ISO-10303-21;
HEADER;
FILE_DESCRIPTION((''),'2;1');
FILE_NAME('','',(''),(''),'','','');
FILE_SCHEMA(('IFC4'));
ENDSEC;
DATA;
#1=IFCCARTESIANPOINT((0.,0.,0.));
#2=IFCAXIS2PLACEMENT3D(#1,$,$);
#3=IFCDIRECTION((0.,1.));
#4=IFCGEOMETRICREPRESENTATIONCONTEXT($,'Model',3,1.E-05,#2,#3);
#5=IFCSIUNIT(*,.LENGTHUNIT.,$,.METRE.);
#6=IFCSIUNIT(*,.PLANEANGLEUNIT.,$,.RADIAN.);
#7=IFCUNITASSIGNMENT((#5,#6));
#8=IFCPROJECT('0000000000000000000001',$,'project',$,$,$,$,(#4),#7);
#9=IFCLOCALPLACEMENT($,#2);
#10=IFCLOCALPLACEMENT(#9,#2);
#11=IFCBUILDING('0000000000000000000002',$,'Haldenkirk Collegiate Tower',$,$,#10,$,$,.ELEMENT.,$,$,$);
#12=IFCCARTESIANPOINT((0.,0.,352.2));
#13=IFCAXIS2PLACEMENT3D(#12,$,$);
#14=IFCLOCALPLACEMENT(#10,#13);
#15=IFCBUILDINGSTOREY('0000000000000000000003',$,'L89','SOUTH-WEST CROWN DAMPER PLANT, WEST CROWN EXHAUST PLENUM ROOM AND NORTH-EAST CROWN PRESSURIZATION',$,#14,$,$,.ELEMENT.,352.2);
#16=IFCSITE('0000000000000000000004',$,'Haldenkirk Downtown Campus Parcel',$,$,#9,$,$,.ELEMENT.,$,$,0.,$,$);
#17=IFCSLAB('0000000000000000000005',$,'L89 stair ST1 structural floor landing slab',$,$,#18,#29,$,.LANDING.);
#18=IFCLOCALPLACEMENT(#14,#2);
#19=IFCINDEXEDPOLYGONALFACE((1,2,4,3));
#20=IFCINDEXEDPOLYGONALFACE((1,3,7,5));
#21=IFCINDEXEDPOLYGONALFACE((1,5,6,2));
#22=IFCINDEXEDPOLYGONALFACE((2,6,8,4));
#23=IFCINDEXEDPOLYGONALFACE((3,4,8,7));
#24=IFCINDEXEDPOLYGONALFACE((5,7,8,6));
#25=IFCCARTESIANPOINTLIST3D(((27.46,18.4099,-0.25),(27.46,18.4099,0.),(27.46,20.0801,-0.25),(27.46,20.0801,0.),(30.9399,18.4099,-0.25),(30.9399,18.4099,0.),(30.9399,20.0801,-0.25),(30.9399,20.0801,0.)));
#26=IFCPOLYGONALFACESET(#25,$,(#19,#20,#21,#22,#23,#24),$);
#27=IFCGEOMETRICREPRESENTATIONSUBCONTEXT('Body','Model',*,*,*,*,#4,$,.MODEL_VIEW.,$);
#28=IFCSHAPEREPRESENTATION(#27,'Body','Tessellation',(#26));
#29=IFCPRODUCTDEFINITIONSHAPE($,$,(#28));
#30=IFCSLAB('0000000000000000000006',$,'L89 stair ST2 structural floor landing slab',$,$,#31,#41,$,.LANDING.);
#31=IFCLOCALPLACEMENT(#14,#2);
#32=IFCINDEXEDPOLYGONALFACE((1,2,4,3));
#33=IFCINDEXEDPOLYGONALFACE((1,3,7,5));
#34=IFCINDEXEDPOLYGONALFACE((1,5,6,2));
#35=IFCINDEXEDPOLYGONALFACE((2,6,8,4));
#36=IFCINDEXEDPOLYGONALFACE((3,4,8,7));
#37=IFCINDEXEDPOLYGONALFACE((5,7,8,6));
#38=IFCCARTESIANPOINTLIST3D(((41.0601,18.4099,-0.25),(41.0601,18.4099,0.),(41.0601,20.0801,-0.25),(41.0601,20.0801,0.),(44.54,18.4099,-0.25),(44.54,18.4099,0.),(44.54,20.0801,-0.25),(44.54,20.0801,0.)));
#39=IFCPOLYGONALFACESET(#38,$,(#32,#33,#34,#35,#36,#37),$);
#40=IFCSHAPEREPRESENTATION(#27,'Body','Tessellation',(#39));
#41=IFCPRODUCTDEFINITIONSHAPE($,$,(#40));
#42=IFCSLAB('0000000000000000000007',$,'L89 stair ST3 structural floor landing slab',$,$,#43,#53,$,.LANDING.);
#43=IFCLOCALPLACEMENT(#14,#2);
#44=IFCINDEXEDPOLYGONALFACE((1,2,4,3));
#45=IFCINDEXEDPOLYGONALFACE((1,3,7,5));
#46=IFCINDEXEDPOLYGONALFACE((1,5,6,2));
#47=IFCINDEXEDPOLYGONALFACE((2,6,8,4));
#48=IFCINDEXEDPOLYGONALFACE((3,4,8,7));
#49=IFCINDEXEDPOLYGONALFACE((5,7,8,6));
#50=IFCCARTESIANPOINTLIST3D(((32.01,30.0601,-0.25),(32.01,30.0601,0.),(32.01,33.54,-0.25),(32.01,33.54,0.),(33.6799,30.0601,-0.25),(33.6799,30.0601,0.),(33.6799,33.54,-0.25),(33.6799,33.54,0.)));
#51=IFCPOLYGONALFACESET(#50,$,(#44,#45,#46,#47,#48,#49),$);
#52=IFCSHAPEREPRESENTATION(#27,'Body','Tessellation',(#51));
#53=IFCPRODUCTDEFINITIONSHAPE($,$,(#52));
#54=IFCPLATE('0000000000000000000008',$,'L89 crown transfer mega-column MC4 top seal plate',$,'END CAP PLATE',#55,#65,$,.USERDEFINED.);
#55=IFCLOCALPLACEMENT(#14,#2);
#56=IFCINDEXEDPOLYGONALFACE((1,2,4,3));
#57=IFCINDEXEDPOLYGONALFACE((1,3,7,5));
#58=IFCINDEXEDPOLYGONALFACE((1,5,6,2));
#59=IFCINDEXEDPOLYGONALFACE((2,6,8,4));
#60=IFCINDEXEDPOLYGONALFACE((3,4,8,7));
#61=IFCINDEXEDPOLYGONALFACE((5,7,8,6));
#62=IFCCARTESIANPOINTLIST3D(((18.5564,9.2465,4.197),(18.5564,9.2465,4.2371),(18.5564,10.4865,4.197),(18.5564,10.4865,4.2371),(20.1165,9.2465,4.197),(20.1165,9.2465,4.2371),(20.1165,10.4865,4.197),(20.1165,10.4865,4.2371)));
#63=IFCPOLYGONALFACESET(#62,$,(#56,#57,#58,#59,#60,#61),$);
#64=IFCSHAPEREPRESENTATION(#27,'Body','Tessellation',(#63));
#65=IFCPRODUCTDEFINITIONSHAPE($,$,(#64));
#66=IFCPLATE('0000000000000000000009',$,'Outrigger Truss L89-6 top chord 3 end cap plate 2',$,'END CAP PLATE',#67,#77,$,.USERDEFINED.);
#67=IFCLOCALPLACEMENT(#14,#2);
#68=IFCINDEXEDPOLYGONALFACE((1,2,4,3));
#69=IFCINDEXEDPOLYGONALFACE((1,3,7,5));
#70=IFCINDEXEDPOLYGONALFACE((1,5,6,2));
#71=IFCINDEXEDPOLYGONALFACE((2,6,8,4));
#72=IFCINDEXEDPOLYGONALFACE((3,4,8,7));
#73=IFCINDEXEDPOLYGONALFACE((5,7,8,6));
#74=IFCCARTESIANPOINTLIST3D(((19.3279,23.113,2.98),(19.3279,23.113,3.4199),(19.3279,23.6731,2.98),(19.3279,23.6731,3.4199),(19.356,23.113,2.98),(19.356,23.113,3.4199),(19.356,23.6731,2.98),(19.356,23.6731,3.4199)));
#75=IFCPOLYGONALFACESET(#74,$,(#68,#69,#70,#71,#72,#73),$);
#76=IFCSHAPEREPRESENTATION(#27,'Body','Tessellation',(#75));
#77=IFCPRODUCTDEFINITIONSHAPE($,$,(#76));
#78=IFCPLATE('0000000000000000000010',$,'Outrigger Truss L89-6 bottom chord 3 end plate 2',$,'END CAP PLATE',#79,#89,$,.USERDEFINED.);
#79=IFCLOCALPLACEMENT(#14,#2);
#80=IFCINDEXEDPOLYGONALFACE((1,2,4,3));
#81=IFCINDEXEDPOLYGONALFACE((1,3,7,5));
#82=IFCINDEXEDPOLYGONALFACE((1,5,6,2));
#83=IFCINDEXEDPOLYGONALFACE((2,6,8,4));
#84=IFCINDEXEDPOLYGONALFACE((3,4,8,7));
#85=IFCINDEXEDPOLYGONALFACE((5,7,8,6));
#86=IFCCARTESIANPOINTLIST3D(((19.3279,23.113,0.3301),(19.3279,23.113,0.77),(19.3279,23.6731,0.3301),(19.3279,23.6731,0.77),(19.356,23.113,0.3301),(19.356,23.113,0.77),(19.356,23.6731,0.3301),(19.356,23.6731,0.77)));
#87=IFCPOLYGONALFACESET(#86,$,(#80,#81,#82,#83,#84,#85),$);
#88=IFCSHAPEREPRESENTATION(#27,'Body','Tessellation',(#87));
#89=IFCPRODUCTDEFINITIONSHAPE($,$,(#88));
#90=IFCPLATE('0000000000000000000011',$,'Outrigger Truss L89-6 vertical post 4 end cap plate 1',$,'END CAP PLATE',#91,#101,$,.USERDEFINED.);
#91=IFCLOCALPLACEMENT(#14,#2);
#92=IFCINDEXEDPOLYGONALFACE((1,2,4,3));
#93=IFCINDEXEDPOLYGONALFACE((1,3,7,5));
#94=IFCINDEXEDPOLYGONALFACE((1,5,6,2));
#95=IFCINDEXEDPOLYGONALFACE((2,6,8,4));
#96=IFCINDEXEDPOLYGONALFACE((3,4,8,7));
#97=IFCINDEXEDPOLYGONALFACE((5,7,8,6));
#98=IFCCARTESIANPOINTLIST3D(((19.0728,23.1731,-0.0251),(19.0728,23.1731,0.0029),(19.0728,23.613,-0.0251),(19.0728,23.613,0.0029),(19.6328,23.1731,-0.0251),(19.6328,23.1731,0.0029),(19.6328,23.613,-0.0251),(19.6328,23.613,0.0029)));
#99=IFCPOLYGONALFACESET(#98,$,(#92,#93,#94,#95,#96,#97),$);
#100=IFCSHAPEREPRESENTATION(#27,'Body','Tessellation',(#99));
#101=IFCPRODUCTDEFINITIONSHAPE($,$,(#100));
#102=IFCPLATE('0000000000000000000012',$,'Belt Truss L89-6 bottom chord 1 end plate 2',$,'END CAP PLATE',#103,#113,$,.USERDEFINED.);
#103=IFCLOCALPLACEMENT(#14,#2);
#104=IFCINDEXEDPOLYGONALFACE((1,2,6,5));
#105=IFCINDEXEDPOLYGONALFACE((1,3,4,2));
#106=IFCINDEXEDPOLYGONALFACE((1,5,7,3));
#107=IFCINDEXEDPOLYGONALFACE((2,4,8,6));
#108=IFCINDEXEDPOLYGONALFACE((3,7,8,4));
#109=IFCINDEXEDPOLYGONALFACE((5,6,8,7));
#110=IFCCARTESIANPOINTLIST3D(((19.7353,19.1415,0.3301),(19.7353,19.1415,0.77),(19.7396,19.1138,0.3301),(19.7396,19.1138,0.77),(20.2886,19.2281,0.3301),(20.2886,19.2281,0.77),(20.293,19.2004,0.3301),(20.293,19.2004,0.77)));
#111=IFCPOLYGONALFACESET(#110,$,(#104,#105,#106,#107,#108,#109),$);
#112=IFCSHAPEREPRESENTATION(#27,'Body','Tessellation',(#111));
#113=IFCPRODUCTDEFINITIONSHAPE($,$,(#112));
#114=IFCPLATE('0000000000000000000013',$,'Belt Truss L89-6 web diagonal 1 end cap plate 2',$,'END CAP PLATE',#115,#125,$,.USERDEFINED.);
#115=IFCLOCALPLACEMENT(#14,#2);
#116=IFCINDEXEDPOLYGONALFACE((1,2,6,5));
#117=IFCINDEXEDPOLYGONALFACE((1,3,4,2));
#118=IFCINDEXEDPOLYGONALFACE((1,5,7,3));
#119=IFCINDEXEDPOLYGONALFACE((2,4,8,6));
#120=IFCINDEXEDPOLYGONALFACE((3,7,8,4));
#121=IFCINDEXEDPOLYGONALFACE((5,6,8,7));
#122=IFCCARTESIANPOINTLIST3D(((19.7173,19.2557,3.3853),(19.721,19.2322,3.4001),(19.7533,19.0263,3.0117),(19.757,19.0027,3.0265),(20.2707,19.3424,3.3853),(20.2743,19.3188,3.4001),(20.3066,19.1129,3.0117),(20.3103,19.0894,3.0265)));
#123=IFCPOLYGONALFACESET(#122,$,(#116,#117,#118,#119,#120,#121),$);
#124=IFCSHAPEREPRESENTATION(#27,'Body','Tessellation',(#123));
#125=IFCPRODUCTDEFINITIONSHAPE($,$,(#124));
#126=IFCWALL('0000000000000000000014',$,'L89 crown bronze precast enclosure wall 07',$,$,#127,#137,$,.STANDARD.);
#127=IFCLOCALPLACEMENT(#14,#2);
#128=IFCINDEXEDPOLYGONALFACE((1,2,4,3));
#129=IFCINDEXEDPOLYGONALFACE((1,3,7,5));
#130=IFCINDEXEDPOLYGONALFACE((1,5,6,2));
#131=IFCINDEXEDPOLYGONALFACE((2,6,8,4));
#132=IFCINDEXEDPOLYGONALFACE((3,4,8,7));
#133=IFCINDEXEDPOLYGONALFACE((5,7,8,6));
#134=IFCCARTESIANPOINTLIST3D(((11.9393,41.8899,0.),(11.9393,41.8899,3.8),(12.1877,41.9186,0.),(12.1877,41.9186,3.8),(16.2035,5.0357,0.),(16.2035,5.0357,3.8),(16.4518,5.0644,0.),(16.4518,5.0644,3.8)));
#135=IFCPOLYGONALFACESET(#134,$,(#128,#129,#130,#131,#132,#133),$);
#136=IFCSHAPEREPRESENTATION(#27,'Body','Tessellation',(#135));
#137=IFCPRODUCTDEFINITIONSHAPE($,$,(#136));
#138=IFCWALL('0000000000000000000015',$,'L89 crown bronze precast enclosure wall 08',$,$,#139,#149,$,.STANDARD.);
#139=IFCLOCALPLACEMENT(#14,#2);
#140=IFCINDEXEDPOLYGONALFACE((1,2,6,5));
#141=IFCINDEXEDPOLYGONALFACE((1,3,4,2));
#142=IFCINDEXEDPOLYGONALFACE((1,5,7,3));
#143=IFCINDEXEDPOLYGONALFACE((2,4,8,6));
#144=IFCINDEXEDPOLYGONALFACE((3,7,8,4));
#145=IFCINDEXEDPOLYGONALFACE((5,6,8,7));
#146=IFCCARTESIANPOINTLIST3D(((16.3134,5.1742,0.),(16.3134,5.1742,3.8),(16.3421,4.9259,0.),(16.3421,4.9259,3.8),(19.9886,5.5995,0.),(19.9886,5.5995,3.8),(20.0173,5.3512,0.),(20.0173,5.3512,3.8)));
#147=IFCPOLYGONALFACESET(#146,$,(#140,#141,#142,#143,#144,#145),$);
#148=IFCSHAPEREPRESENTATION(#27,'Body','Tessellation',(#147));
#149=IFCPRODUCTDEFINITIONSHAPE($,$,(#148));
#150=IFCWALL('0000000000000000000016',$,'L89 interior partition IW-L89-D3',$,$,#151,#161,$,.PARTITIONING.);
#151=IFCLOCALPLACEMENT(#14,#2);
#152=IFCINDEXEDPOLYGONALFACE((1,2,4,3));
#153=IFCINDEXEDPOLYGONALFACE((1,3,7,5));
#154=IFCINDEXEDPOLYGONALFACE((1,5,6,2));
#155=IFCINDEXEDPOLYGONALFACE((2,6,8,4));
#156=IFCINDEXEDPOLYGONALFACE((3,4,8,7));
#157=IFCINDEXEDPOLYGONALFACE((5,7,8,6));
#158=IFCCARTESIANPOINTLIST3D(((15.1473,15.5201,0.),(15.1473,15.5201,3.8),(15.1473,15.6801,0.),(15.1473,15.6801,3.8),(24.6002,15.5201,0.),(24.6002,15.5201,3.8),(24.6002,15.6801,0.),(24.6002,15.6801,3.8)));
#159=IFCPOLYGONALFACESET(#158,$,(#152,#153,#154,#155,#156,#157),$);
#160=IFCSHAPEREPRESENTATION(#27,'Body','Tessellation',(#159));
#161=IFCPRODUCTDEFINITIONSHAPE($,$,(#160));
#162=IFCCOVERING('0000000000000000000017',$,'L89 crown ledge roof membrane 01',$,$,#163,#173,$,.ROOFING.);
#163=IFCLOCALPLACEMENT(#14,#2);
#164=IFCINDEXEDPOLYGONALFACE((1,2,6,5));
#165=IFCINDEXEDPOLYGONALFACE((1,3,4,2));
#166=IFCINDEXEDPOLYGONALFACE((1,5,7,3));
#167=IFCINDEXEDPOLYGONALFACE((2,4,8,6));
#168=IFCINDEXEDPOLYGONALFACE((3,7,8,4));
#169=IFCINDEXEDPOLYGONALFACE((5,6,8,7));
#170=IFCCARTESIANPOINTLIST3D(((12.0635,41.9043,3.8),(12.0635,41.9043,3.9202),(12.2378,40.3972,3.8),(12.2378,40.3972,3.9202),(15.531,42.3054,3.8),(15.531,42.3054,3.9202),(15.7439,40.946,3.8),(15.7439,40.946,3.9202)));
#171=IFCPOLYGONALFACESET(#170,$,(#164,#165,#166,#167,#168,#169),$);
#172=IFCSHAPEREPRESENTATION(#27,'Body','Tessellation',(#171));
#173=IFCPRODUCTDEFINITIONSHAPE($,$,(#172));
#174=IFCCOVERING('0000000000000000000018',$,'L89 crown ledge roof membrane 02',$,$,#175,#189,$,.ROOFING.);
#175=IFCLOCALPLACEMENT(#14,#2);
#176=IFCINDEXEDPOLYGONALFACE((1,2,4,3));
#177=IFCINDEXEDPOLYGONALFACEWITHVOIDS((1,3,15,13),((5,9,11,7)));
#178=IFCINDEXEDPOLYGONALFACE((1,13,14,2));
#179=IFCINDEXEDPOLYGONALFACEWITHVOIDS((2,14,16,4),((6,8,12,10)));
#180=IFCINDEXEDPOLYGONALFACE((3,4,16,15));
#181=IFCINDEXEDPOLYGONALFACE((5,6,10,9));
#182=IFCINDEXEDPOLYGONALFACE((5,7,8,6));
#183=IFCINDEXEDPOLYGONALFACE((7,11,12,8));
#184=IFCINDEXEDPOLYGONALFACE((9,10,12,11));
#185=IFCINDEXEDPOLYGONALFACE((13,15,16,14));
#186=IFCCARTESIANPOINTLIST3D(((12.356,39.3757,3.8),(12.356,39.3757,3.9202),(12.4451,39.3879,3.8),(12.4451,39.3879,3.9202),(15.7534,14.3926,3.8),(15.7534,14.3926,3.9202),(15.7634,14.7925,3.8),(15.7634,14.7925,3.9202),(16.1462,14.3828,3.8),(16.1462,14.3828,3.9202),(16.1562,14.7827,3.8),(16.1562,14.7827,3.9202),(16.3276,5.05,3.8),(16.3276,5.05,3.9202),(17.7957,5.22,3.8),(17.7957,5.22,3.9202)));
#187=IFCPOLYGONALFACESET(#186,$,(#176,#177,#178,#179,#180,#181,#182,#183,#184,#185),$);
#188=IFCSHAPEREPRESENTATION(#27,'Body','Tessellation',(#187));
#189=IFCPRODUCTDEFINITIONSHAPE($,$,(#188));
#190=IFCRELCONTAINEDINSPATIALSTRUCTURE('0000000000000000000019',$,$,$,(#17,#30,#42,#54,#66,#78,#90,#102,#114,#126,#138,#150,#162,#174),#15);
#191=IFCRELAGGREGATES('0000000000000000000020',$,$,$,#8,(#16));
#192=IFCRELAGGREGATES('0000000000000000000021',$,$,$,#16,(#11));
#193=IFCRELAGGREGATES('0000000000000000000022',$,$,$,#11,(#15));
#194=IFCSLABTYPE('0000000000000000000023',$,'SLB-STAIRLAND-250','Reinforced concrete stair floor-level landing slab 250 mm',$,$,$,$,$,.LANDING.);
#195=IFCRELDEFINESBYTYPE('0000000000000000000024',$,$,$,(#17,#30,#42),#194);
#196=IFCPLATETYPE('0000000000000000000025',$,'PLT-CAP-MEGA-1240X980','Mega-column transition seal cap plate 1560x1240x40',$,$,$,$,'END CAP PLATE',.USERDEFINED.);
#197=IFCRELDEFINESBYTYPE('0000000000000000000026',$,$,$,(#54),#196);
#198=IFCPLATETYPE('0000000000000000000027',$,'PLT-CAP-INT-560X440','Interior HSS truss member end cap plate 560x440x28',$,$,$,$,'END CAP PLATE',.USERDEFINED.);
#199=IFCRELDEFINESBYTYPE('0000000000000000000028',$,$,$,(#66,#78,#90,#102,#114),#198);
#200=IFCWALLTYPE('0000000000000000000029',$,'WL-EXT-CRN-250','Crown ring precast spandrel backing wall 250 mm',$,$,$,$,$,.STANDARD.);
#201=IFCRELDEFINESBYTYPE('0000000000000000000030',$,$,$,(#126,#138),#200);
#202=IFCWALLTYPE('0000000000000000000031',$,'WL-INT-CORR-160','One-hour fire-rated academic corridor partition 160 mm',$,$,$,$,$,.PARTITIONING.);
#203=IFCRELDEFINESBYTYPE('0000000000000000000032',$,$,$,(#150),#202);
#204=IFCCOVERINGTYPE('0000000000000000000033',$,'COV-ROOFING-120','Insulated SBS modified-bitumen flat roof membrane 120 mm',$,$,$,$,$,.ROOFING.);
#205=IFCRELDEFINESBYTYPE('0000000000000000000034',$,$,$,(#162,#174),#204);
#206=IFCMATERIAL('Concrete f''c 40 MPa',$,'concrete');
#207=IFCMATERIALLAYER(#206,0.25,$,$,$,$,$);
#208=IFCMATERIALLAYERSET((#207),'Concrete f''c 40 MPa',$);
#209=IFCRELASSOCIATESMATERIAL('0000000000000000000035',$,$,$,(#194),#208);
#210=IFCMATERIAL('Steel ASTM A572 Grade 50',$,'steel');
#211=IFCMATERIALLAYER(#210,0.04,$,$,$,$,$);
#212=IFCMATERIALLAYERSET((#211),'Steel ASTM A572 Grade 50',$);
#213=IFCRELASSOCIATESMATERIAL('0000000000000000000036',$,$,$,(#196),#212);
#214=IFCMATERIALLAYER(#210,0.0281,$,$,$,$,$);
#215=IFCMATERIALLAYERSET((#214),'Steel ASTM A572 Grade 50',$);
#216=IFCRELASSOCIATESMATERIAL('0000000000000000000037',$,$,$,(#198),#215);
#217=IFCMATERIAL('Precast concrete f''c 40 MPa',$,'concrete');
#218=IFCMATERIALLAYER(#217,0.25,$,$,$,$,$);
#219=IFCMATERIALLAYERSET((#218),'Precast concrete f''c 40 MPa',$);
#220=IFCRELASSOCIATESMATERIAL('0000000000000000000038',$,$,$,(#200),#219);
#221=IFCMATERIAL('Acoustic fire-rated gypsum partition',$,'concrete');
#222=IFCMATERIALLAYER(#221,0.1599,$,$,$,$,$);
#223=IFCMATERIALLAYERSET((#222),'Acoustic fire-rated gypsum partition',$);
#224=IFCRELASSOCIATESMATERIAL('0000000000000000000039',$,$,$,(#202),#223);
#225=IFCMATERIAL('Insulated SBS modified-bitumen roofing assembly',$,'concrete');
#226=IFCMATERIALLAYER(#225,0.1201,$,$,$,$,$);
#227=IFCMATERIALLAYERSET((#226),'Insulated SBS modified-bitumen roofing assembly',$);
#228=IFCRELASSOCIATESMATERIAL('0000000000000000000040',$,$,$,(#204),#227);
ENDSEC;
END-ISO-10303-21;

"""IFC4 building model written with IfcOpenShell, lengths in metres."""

from ifc_helpers import new_model, si_unit, direction, frame, frame_2d, origin, origin_2d, place, context, subcontext, project, spatial, polyline, rectangle, outline, extrude, source, transform, mapped, material, layer, layer_set, type_object, element, save


model = new_model("IFC4")

# Units and contexts
model_context = context("Model", 3, precision=1e-05, world=origin(), true_north=direction((0.0, 1.0)))
body_context = subcontext(model_context, "Body", "Model", "MODEL_VIEW")
ifc_project = project(units=[si_unit("LENGTHUNIT", "METRE"), si_unit("PLANEANGLEUNIT", "RADIAN")], contexts=[model_context])

# Site, building, storey
site_placement = place(None, origin())
site = spatial("IfcSite", under=ifc_project, at=site_placement, Name="Haldenkirk Downtown Campus Parcel", CompositionType="ELEMENT", RefElevation=0.0)
building_placement = place(site_placement, origin())
building = spatial("IfcBuilding", under=site, at=building_placement, Name="Haldenkirk Collegiate Tower", CompositionType="ELEMENT")
storey_placement = place(building_placement, frame((0.0, 0.0, 352.2)))
storey = spatial("IfcBuildingStorey", under=building, at=storey_placement, Name="L89", Description="SOUTH-WEST CROWN DAMPER PLANT, WEST CROWN EXHAUST PLENUM ROOM AND NORTH-EAST CROWN PRESSURIZATION", CompositionType="ELEMENT", Elevation=352.2)

# Shared definitions
ifc_material_1 = material(Name="Steel ASTM A572 Grade 50", Category="steel")

# Shared definitions
ifc_material_2 = material(Name="Concrete f'c 40 MPa", Category="concrete")

# Slabs
ifc_layer_1 = layer(ifc_material_2, 0.25)
ifc_layer_set_1 = layer_set([ifc_layer_1], Name="Concrete f'c 40 MPa")
slab_type_1 = type_object("IfcSlabType", Name="SLB-STAIRLAND-250", Description="Reinforced concrete stair floor-level landing slab 250 mm", PredefinedType="LANDING", material=ifc_layer_set_1)
slab_1_placement = place(storey_placement, frame((0.0, 0.0, -0.25)))
element("IfcSlab", 1, at=slab_1_placement, inside=storey, type_object=slab_type_1, Name="L89 stair ST1 structural floor landing slab", PredefinedType="LANDING", context=body_context, shape_type="SweptSolid", body=[
    extrude(outline(polyline([(27.46, 18.4099), (30.9399, 18.4099), (30.9399, 20.0801), (27.46, 20.0801), (27.46, 18.4099)])), origin(), (0.0, 0.0, 1.0), 0.25),
])
slab_2_placement = place(storey_placement, frame((0.0, 0.0, -0.25)))
element("IfcSlab", 2, at=slab_2_placement, inside=storey, type_object=slab_type_1, Name="L89 stair ST2 structural floor landing slab", PredefinedType="LANDING", context=body_context, shape_type="SweptSolid", body=[
    extrude(outline(polyline([(41.0601, 18.4099), (44.54, 18.4099), (44.54, 20.0801), (41.0601, 20.0801), (41.0601, 18.4099)])), origin(), (0.0, 0.0, 1.0), 0.25),
])
slab_3_placement = place(storey_placement, frame((0.0, 0.0, -0.25)))
element("IfcSlab", 3, at=slab_3_placement, inside=storey, type_object=slab_type_1, Name="L89 stair ST3 structural floor landing slab", PredefinedType="LANDING", context=body_context, shape_type="SweptSolid", body=[
    extrude(outline(polyline([(32.01, 30.0601), (33.6799, 30.0601), (33.6799, 33.54), (32.01, 33.54), (32.01, 30.0601)])), origin(), (0.0, 0.0, 1.0), 0.25),
])

# Plates
ifc_layer_2 = layer(ifc_material_1, 0.04)
ifc_layer_set_2 = layer_set([ifc_layer_2], Name="Steel ASTM A572 Grade 50")
plate_type_1 = type_object("IfcPlateType", Name="PLT-CAP-MEGA-1240X980", Description="Mega-column transition seal cap plate 1560x1240x40", ElementType="END CAP PLATE", PredefinedType="USERDEFINED", material=ifc_layer_set_2)
shared_shape_1 = source(origin(), body_context, "Body", "SweptSolid", [
    extrude(rectangle(XDim=1.5601, YDim=1.24, at=origin_2d()), origin(), (0.0, 0.0, 1.0), 0.04),
])
plate_placement = place(storey_placement, frame((19.3364, 9.8665, 4.197), z_axis=(0.0, 0.0, 1.0), x_axis=(1.0, 0.0, 0.0)))
element("IfcPlate", 4, at=plate_placement, inside=storey, type_object=plate_type_1, Name="L89 crown transfer mega-column MC4 top seal plate", ObjectType="END CAP PLATE", PredefinedType="USERDEFINED", context=body_context, shape_type="MappedRepresentation", body=[
    mapped(shared_shape_1, transform((0.0, 0.0, 0.0), x_axis=(1.0, 0.0, 0.0), y_axis=(0.0, 1.0, 0.0), z_axis=(0.0, 0.0, 1.0), scale=1.0)),
])
ifc_layer_3 = layer(ifc_material_1, 0.0281)
ifc_layer_set_3 = layer_set([ifc_layer_3], Name="Steel ASTM A572 Grade 50")
plate_type_2 = type_object("IfcPlateType", Name="PLT-CAP-INT-560X440", Description="Interior HSS truss member end cap plate 560x440x28", ElementType="END CAP PLATE", PredefinedType="USERDEFINED", material=ifc_layer_set_3)
shared_shape_2 = source(origin(), body_context, "Body", "SweptSolid", [
    extrude(rectangle(XDim=0.5601, YDim=0.4399, at=origin_2d()), origin(), (0.0, 0.0, 1.0), 0.0281),
])
for number, where, z_axis, x_axis, name in (
    (5, (19.356, 23.3931, 3.2), (-1.0, 0.0, 0.0), (0.0, -1.0, 0.0), "Outrigger Truss L89-6 top chord 3 end cap plate 2"),
    (6, (19.356, 23.3931, 0.55), (-1.0, 0.0, 0.0), (0.0, -1.0, 0.0), "Outrigger Truss L89-6 bottom chord 3 end plate 2"),
    (7, (19.3528, 23.3931, 0.0029), (0.0, 0.0, -1.0), (1.0, 0.0, 0.0), "Outrigger Truss L89-6 vertical post 4 end cap plate 1"),
    (8, (20.012, 19.1848, 0.55), (0.15471, -0.98796, 0.0), (0.98796, 0.15471, 0.0), "Belt Truss L89-6 bottom chord 1 end plate 2"),
    (9, (20.012, 19.1843, 3.1985), (0.131397, -0.83903, 0.52798), (0.987958, 0.15472, 0.0), "Belt Truss L89-6 web diagonal 1 end cap plate 2"),
):
    element("IfcPlate", number, at=place(storey_placement, frame(where, z_axis=z_axis, x_axis=x_axis)), inside=storey, type_object=plate_type_2, Name=name, ObjectType="END CAP PLATE", PredefinedType="USERDEFINED", context=body_context, shape_type="MappedRepresentation", body=[
        mapped(shared_shape_2, transform((0.0, 0.0, 0.0), x_axis=(1.0, 0.0, 0.0), y_axis=(0.0, 1.0, 0.0), z_axis=(0.0, 0.0, 1.0), scale=1.0)),
    ])

# Walls
ifc_material_3 = material(Name="Precast concrete f'c 40 MPa", Category="concrete")
ifc_layer_4 = layer(ifc_material_3, 0.25)
ifc_layer_set_4 = layer_set([ifc_layer_4], Name="Precast concrete f'c 40 MPa")
wall_type_1 = type_object("IfcWallType", Name="WL-EXT-CRN-250", Description="Crown ring precast spandrel backing wall 250 mm", PredefinedType="STANDARD", material=ifc_layer_set_4)
wall_1_placement = place(storey_placement, frame((16.3276, 5.05, 0.0), z_axis=(0.0, 0.0, 1.0), x_axis=(-0.114937, 0.993373, 0.0)))
element("IfcWall", 10, at=wall_1_placement, inside=storey, type_object=wall_type_1, Name="L89 crown bronze precast enclosure wall 07", PredefinedType="STANDARD", context=body_context, shape_type="SweptSolid", body=[
    extrude(rectangle(XDim=37.1001, YDim=0.25, at=frame_2d((18.55, 0.0))), origin(), (0.0, 0.0, 1.0), 3.8),
])
wall_2_placement = place(storey_placement, frame((20.0029, 5.4753, 0.0), z_axis=(0.0, 0.0, 1.0), x_axis=(-0.993371, -0.11495, 0.0)))
element("IfcWall", 11, at=wall_2_placement, inside=storey, type_object=wall_type_1, Name="L89 crown bronze precast enclosure wall 08", PredefinedType="STANDARD", context=body_context, shape_type="SweptSolid", body=[
    extrude(rectangle(XDim=3.6997, YDim=0.25, at=frame_2d((1.8499, 0.0))), origin(), (0.0, 0.0, 1.0), 3.8),
])
ifc_material_4 = material(Name="Acoustic fire-rated gypsum partition", Category="concrete")
ifc_layer_5 = layer(ifc_material_4, 0.1599)
ifc_layer_set_5 = layer_set([ifc_layer_5], Name="Acoustic fire-rated gypsum partition")
wall_type_2 = type_object("IfcWallType", Name="WL-INT-CORR-160", Description="One-hour fire-rated academic corridor partition 160 mm", PredefinedType="PARTITIONING", material=ifc_layer_set_5)
wall_3_placement = place(storey_placement, frame((15.1472, 15.6001, 0.0), z_axis=(0.0, 0.0, 1.0), x_axis=(1.0, 0.0, 0.0)))
element("IfcWall", 12, at=wall_3_placement, inside=storey, type_object=wall_type_2, Name="L89 interior partition IW-L89-D3", PredefinedType="PARTITIONING", context=body_context, shape_type="SweptSolid", body=[
    extrude(rectangle(XDim=9.4529, YDim=0.1599, at=frame_2d((4.7266, 0.0))), origin(), (0.0, 0.0, 1.0), 3.8),
])

# Coverings
ifc_material_5 = material(Name="Insulated SBS modified-bitumen roofing assembly", Category="concrete")
ifc_layer_6 = layer(ifc_material_5, 0.1201)
ifc_layer_set_6 = layer_set([ifc_layer_6], Name="Insulated SBS modified-bitumen roofing assembly")
covering_type = type_object("IfcCoveringType", Name="COV-ROOFING-120", Description="Insulated SBS modified-bitumen flat roof membrane 120 mm", PredefinedType="ROOFING", material=ifc_layer_set_6)
covering_1_placement = place(storey_placement, frame((0.0, 0.0, 3.8)))
element("IfcCovering", 13, at=covering_1_placement, inside=storey, type_object=covering_type, Name="L89 crown ledge roof membrane 01", PredefinedType="ROOFING", context=body_context, shape_type="SweptSolid", body=[
    extrude(outline(polyline([(12.0635, 41.9043), (12.2378, 40.3972), (15.7439, 40.946), (15.531, 42.3054), (12.0635, 41.9043)])), origin(), (0.0, 0.0, 1.0), 0.1201),
])
covering_2_placement = place(storey_placement, frame((0.0, 0.0, 3.8)))
element("IfcCovering", 14, at=covering_2_placement, inside=storey, type_object=covering_type, Name="L89 crown ledge roof membrane 02", PredefinedType="ROOFING", context=body_context, shape_type="SweptSolid", body=[
    extrude(outline(polyline([(12.4451, 39.3879), (12.356, 39.3757), (16.3276, 5.05), (17.7957, 5.22), (12.4451, 39.3879)]), holes=[polyline([(16.1562, 14.7827), (16.1462, 14.3828), (15.7534, 14.3926), (15.7634, 14.7925), (16.1562, 14.7827)])]), origin(), (0.0, 0.0, 1.0), 0.1201),
])

save(model, "model.ifc")
